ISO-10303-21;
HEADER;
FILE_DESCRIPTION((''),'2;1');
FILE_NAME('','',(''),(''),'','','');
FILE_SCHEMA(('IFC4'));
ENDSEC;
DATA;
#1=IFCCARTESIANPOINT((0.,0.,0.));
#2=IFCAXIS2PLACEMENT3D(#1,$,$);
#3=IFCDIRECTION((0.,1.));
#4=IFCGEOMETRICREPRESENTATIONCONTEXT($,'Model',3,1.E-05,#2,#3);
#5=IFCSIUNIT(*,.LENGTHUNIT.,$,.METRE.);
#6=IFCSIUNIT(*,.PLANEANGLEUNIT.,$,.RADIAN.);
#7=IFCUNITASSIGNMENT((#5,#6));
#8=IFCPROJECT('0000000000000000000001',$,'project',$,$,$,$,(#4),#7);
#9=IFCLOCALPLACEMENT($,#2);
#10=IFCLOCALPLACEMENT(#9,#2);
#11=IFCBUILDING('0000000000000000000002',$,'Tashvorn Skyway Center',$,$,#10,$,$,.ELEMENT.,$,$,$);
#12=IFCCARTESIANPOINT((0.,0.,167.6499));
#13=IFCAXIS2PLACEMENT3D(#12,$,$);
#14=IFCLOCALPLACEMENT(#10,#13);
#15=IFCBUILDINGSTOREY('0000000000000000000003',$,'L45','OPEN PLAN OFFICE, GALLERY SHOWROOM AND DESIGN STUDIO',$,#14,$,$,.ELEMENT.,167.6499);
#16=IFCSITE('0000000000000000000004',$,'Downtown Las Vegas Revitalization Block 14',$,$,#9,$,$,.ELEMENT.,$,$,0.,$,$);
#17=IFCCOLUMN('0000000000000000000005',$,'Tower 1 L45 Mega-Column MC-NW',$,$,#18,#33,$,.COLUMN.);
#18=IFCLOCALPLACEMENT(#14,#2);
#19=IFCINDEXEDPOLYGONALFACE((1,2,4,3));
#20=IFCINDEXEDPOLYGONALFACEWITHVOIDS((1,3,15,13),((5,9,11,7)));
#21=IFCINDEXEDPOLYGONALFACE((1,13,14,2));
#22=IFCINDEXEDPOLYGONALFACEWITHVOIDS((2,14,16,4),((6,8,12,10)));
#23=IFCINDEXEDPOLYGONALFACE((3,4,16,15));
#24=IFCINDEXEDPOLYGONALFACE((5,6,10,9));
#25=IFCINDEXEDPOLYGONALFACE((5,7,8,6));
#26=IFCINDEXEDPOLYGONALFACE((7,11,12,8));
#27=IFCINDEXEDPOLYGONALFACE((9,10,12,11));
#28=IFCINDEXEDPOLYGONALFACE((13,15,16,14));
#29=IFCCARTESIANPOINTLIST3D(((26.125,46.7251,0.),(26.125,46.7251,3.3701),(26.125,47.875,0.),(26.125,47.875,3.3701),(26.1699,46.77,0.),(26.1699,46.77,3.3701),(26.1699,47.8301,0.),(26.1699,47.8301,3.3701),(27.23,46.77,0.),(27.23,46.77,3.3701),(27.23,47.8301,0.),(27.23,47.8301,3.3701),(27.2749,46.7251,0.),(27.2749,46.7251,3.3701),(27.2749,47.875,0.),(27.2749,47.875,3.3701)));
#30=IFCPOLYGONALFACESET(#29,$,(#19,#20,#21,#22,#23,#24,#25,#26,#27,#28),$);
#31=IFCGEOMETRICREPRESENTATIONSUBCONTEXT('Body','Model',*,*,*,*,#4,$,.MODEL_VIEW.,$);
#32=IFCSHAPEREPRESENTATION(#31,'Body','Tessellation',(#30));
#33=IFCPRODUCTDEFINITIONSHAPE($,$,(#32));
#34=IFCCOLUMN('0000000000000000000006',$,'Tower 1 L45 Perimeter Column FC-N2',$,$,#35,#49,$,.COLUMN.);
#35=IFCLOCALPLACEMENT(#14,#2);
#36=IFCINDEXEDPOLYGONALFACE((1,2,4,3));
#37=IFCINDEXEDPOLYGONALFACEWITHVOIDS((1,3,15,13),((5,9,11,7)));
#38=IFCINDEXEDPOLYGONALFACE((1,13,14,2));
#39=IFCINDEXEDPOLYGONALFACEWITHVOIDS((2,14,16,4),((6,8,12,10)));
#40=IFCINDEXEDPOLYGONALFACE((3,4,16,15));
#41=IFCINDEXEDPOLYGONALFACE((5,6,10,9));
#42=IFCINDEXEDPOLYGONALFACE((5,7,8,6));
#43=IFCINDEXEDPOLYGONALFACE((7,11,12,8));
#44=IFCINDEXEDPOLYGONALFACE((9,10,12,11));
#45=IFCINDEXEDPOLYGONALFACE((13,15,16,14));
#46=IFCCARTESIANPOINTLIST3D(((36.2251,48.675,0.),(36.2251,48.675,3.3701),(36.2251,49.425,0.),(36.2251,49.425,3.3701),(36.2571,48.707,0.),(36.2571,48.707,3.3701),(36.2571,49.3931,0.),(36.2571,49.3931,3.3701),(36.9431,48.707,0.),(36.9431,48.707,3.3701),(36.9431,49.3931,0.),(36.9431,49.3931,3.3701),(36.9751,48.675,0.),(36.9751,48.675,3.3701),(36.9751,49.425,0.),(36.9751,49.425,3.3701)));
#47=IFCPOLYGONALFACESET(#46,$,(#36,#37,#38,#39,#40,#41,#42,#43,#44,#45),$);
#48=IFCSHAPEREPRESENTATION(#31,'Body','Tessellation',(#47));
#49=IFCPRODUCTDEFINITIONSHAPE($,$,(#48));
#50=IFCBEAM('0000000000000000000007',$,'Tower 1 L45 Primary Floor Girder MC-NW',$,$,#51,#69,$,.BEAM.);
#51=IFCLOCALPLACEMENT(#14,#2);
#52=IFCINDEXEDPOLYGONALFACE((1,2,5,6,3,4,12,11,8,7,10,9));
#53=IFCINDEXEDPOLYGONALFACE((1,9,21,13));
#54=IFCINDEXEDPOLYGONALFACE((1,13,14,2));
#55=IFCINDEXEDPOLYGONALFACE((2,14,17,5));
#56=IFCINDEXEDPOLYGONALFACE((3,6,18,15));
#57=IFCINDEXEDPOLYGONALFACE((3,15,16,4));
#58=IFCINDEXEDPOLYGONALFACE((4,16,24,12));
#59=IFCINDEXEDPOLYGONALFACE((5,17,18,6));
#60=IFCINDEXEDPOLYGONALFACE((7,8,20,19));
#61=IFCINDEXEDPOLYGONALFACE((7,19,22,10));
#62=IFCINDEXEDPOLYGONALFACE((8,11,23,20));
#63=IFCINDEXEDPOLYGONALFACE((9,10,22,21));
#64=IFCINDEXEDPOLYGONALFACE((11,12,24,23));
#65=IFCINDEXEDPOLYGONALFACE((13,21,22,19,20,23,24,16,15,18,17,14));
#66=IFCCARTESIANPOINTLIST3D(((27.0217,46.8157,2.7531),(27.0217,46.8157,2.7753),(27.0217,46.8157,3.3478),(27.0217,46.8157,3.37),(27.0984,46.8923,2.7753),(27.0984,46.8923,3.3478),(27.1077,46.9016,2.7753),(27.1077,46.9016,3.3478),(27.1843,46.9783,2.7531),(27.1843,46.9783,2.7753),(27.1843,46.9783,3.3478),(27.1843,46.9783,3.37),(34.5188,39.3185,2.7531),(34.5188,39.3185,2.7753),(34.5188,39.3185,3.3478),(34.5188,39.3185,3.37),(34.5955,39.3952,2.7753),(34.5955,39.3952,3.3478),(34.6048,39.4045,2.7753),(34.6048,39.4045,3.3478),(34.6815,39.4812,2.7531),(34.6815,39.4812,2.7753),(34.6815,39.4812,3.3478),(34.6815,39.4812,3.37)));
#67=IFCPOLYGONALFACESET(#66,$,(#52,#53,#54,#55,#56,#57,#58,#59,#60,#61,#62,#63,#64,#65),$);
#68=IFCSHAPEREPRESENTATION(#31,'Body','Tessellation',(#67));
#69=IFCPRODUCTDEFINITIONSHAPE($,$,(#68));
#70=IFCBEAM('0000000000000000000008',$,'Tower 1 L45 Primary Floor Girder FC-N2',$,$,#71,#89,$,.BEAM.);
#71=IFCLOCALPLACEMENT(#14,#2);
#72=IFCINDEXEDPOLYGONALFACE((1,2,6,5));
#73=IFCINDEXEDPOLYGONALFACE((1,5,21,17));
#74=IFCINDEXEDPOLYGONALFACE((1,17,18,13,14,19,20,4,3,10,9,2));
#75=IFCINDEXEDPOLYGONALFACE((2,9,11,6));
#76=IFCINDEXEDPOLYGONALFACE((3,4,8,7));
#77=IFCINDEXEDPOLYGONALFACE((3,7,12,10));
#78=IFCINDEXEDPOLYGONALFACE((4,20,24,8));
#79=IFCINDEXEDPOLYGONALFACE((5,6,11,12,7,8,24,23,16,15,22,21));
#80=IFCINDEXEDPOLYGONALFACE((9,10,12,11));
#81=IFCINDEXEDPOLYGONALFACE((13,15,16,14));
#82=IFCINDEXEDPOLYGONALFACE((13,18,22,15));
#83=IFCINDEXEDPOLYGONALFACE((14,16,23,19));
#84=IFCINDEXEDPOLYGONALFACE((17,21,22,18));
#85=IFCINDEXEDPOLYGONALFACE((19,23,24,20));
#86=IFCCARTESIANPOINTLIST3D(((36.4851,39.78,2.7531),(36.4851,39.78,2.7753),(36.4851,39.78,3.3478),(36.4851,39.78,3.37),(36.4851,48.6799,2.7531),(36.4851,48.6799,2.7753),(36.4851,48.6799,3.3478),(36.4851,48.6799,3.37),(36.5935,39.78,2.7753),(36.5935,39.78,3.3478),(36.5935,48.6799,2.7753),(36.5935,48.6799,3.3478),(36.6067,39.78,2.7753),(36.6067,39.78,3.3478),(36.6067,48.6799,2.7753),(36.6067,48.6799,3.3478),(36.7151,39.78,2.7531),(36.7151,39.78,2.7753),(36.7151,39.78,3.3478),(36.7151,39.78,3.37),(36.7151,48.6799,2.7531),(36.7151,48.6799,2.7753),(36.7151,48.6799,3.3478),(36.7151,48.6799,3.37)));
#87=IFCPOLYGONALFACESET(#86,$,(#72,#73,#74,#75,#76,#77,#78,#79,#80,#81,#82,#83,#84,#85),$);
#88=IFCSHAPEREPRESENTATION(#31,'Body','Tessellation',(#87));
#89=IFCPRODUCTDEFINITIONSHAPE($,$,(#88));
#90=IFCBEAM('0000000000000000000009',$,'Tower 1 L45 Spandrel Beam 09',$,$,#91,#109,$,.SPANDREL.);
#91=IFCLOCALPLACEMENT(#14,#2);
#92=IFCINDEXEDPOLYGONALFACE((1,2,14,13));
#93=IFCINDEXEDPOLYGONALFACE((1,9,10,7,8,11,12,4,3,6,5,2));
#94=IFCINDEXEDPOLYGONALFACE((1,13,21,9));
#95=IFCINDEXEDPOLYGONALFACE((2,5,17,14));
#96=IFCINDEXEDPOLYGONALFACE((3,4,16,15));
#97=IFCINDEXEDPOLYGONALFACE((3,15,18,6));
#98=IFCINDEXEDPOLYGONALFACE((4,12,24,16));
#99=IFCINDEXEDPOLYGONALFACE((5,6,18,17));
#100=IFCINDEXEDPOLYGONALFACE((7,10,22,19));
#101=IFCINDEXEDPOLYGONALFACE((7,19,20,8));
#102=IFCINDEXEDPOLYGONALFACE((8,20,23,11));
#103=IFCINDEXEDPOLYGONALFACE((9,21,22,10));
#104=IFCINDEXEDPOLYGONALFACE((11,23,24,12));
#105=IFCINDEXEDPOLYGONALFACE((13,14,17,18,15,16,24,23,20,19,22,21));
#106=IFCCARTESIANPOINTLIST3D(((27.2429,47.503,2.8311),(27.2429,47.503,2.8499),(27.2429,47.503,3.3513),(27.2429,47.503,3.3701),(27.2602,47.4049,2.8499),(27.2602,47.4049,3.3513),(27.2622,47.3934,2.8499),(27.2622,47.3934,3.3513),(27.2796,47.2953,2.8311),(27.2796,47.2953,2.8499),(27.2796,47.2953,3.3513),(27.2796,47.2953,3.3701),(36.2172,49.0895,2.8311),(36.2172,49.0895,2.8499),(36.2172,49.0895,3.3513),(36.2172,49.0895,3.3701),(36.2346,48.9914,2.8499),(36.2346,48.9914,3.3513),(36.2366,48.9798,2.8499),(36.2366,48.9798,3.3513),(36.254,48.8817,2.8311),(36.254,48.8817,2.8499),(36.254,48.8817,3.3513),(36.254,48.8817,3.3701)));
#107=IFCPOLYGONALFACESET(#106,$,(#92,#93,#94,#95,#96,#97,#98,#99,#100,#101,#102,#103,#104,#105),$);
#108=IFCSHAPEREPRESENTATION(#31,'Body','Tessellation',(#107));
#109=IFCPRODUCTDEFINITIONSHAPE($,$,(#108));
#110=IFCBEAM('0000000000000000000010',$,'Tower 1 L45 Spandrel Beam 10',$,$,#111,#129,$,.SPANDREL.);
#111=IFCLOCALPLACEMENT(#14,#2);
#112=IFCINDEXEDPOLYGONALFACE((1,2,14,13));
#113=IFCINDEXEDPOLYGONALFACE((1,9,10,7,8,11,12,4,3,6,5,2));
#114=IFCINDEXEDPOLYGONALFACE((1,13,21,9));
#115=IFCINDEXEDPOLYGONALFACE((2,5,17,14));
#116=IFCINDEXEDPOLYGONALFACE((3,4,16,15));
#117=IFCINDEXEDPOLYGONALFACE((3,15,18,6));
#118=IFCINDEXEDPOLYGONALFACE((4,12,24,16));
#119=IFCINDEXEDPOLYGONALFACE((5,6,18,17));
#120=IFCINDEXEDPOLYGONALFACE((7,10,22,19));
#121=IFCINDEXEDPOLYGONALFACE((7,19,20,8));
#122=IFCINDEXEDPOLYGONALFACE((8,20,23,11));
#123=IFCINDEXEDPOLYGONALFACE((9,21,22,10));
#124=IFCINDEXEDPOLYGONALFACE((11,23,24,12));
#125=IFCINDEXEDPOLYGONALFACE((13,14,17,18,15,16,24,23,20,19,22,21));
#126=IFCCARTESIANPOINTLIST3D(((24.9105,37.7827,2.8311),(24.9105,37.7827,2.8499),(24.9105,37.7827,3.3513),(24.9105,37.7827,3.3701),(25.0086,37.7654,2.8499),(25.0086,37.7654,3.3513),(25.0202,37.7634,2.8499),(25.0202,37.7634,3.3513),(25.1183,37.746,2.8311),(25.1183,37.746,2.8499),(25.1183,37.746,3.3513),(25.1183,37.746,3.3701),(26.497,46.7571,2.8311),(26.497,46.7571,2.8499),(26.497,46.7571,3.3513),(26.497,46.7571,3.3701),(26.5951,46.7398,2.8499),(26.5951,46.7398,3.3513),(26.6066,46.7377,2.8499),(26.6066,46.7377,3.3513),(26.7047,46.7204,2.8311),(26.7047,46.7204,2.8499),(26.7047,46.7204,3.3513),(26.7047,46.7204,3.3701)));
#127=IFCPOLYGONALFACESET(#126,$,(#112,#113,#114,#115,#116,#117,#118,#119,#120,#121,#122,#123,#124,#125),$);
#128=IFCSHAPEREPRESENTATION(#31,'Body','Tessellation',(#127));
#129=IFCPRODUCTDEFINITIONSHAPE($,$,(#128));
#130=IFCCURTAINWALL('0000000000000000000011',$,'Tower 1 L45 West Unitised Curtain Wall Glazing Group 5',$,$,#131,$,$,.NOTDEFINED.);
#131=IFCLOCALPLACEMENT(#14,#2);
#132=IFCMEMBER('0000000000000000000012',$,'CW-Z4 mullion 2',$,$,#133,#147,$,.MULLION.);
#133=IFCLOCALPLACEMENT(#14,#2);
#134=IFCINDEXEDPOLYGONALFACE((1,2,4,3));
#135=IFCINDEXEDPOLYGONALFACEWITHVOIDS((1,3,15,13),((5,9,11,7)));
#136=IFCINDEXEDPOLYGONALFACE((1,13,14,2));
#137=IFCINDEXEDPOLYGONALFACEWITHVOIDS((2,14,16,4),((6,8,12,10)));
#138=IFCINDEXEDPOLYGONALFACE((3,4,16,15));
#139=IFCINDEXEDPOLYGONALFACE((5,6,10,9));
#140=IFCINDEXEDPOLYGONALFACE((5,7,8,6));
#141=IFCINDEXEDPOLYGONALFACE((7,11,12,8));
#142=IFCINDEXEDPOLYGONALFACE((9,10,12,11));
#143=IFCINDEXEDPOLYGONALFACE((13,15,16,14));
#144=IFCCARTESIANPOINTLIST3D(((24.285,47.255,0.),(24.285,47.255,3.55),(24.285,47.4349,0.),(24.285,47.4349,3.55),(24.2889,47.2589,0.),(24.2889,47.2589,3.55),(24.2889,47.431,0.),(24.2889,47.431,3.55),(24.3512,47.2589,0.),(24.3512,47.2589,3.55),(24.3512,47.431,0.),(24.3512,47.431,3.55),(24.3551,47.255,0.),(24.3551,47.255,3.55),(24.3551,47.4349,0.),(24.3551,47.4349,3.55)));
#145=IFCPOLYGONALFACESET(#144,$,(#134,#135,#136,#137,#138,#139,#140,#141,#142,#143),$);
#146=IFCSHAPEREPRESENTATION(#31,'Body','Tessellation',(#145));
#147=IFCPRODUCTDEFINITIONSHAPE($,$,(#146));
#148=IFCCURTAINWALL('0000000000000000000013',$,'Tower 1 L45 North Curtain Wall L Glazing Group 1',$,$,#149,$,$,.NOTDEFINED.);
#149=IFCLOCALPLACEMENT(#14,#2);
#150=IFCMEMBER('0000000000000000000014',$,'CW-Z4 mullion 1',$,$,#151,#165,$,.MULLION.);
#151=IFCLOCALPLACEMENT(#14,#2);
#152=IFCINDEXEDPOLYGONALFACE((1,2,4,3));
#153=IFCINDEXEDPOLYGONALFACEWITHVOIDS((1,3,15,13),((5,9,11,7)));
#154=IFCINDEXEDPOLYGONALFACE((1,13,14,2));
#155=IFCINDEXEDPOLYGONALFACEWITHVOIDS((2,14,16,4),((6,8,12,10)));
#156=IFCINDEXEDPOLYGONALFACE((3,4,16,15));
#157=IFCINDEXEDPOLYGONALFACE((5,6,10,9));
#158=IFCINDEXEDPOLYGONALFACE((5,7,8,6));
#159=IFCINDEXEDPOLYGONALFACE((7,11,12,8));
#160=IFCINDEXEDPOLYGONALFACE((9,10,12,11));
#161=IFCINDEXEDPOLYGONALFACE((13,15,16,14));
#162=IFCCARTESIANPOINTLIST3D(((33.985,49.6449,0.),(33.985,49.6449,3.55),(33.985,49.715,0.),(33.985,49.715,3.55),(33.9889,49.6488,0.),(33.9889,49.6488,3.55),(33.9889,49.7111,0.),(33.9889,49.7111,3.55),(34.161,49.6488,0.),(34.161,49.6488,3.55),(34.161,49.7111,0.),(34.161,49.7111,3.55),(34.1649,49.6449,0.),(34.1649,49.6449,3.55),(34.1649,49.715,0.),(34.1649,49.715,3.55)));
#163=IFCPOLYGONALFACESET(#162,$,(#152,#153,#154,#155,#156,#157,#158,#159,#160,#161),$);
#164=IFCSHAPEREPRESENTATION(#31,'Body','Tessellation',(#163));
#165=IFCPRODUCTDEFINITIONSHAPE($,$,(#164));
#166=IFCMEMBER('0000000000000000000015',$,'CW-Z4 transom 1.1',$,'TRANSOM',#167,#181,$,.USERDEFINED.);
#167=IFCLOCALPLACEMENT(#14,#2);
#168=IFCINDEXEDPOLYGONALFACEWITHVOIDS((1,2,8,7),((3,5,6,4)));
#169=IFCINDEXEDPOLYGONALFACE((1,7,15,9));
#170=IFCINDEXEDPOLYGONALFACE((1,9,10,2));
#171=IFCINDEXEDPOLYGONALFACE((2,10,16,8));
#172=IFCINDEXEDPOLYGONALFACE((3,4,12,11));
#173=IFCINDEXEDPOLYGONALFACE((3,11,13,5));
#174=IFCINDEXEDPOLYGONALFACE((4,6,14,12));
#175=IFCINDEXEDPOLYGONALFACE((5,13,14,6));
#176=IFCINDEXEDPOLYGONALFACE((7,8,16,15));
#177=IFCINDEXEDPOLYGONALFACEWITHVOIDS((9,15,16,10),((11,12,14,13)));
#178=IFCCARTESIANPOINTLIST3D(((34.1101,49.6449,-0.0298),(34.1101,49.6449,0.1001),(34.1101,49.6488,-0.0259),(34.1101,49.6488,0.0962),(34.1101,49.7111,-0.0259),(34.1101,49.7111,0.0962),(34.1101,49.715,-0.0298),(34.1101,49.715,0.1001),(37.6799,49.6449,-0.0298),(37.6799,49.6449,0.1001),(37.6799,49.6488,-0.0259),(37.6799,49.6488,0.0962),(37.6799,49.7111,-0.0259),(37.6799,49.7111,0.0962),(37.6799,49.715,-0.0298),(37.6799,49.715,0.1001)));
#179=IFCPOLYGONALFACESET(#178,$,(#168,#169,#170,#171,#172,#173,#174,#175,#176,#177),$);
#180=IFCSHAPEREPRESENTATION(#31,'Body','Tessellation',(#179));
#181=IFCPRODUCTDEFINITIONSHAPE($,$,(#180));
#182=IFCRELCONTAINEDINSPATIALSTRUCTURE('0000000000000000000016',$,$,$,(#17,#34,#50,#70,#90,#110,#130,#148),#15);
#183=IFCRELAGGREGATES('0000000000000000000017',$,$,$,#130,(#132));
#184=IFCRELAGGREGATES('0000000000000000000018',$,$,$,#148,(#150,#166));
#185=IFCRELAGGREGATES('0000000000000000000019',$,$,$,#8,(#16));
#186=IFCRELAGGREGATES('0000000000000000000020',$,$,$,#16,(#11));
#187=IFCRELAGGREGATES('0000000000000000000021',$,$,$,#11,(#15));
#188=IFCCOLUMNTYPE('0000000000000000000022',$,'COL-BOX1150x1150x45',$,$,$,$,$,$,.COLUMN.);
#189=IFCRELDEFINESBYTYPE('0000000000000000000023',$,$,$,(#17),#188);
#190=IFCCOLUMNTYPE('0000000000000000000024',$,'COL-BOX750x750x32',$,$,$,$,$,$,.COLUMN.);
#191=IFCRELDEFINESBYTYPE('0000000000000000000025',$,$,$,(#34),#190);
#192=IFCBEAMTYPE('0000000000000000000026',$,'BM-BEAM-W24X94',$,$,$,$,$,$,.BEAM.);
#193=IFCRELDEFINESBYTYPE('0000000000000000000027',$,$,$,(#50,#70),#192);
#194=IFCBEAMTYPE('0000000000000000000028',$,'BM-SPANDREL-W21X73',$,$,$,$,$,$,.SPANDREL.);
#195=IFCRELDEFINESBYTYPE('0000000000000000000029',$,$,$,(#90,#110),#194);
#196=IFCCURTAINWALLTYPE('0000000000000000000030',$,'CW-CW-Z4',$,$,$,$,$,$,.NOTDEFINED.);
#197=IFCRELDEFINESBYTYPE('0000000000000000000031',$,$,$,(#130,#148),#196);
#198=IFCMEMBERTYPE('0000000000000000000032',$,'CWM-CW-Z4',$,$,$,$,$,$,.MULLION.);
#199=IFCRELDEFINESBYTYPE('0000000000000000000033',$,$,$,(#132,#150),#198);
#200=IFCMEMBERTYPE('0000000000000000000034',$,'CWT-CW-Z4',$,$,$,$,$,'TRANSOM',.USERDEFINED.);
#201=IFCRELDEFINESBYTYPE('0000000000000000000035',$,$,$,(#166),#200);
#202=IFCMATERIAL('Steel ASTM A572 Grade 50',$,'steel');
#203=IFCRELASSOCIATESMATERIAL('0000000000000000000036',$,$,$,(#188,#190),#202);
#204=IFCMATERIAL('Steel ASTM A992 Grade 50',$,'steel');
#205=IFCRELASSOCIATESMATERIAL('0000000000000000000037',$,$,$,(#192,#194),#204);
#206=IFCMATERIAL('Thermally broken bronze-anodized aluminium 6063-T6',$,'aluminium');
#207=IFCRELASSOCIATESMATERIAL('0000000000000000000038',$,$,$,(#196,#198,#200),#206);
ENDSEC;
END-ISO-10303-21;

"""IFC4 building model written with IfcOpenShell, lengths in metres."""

from ifc_helpers import new_model, si_unit, direction, frame, origin, origin_2d, place, context, subcontext, project, spatial, hollow_rectangle, i_section, extrude, material, material_profile, profile_set, type_object, element, aggregate, save


model = new_model("IFC4")

# Units and contexts
model_context = context("Model", 3, precision=1e-05, world=origin(), true_north=direction((0.0, 1.0)))
body_context = subcontext(model_context, "Body", "Model", "MODEL_VIEW")
ifc_project = project(units=[si_unit("LENGTHUNIT", "METRE"), si_unit("PLANEANGLEUNIT", "RADIAN")], contexts=[model_context])

# Site, building, storey
site_placement = place(None, origin())
site = spatial("IfcSite", under=ifc_project, at=site_placement, Name="Downtown Las Vegas Revitalization Block 14", CompositionType="ELEMENT", RefElevation=0.0)
building_placement = place(site_placement, origin())
building = spatial("IfcBuilding", under=site, at=building_placement, Name="Tashvorn Skyway Center", CompositionType="ELEMENT")
storey_placement = place(building_placement, frame((0.0, 0.0, 167.6499)))
storey = spatial("IfcBuildingStorey", under=building, at=storey_placement, Name="L45", Description="OPEN PLAN OFFICE, GALLERY SHOWROOM AND DESIGN STUDIO", CompositionType="ELEMENT", Elevation=167.6499)

# Columns
ifc_material_1 = material(Name="Steel ASTM A572 Grade 50", Category="steel")
ifc_material_profile_1 = material_profile(ifc_material_1, hollow_rectangle(XDim=1.1499, YDim=1.1499, WallThickness=0.0449, at=origin_2d()), Name="BOX1150x1150x45")
ifc_profile_set_1 = profile_set([ifc_material_profile_1], Name="Steel ASTM A572 Grade 50")
column_type_1 = type_object("IfcColumnType", Name="COL-BOX1150x1150x45", PredefinedType="COLUMN", material=ifc_profile_set_1)
column_1_placement = place(storey_placement, frame((26.7, 47.3, 0.0), z_axis=(0.0, 0.0, 1.0), x_axis=(1.0, 0.0, 0.0)))
element("IfcColumn", 1, at=column_1_placement, inside=storey, type_object=column_type_1, Name="Tower 1 L45 Mega-Column MC-NW", PredefinedType="COLUMN", context=body_context, shape_type="SweptSolid", body=[
    extrude(hollow_rectangle(XDim=1.1499, YDim=1.1499, WallThickness=0.0449, at=origin_2d()), origin(), (0.0, 0.0, 1.0), 3.3701),
])
ifc_material_profile_2 = material_profile(ifc_material_1, hollow_rectangle(XDim=0.75, YDim=0.75, WallThickness=0.032, at=origin_2d()), Name="BOX750x750x32")
ifc_profile_set_2 = profile_set([ifc_material_profile_2], Name="Steel ASTM A572 Grade 50")
column_type_2 = type_object("IfcColumnType", Name="COL-BOX750x750x32", PredefinedType="COLUMN", material=ifc_profile_set_2)
column_2_placement = place(storey_placement, frame((36.6001, 49.05, 0.0), z_axis=(0.0, 0.0, 1.0), x_axis=(1.0, 0.0, 0.0)))
element("IfcColumn", 2, at=column_2_placement, inside=storey, type_object=column_type_2, Name="Tower 1 L45 Perimeter Column FC-N2", PredefinedType="COLUMN", context=body_context, shape_type="SweptSolid", body=[
    extrude(hollow_rectangle(XDim=0.75, YDim=0.75, WallThickness=0.032, at=origin_2d()), origin(), (0.0, 0.0, 1.0), 3.3701),
])

# Beams
ifc_material_2 = material(Name="Steel ASTM A992 Grade 50", Category="steel")
ifc_material_profile_3 = material_profile(ifc_material_2, i_section(OverallWidth=0.23, OverallDepth=0.6169, WebThickness=0.0132, FlangeThickness=0.0222, at=origin_2d()), Name="W24X94")
ifc_profile_set_3 = profile_set([ifc_material_profile_3], Name="Steel ASTM A992 Grade 50")
beam_type_1 = type_object("IfcBeamType", Name="BM-BEAM-W24X94", PredefinedType="BEAM", material=ifc_profile_set_3)
beam_1_placement = place(storey_placement, frame((27.103, 46.897, 3.0615), z_axis=(0.707107, -0.707107, 0.0), x_axis=(0.707107, 0.707107, 0.0)))
element("IfcBeam", 3, at=beam_1_placement, inside=storey, type_object=beam_type_1, Name="Tower 1 L45 Primary Floor Girder MC-NW", PredefinedType="BEAM", context=body_context, shape_type="SweptSolid", body=[
    extrude(i_section(OverallWidth=0.23, OverallDepth=0.6169, WebThickness=0.0132, FlangeThickness=0.0222, at=origin_2d()), origin(), (0.0, 0.0, 1.0), 10.6025),
])
beam_2_placement = place(storey_placement, frame((36.6001, 48.6799, 3.0615), z_axis=(0.0, -1.0, 0.0), x_axis=(1.0, 0.0, 0.0)))
element("IfcBeam", 4, at=beam_2_placement, inside=storey, type_object=beam_type_1, Name="Tower 1 L45 Primary Floor Girder FC-N2", PredefinedType="BEAM", context=body_context, shape_type="SweptSolid", body=[
    extrude(i_section(OverallWidth=0.23, OverallDepth=0.6169, WebThickness=0.0132, FlangeThickness=0.0222, at=origin_2d()), origin(), (0.0, 0.0, 1.0), 8.8999),
])
ifc_material_profile_4 = material_profile(ifc_material_2, i_section(OverallWidth=0.2109, OverallDepth=0.5391, WebThickness=0.0117, FlangeThickness=0.0188, at=origin_2d()), Name="W21X73")
ifc_profile_set_4 = profile_set([ifc_material_profile_4], Name="Steel ASTM A992 Grade 50")
beam_type_2 = type_object("IfcBeamType", Name="BM-SPANDREL-W21X73", PredefinedType="SPANDREL", material=ifc_profile_set_4)
for number, where, z_axis, x_axis, name in (
    (5, (36.2356, 48.9856, 3.1006), (-0.984733, -0.174074, 0.0), (0.174074, -0.984733, 0.0), "Tower 1 L45 Spandrel Beam 09"),
    (6, (26.6008, 46.7388, 3.1006), (-0.174074, -0.984733, 0.0), (0.984733, -0.174074, 0.0), "Tower 1 L45 Spandrel Beam 10"),
):
    element("IfcBeam", number, at=place(storey_placement, frame(where, z_axis=z_axis, x_axis=x_axis)), inside=storey, type_object=beam_type_2, Name=name, PredefinedType="SPANDREL", context=body_context, shape_type="SweptSolid", body=[
        extrude(i_section(OverallWidth=0.2109, OverallDepth=0.5391, WebThickness=0.0117, FlangeThickness=0.0188, at=origin_2d()), origin(), (0.0, 0.0, 1.0), 9.1135),
    ])

# Curtain wall, member
ifc_material_3 = material(Name="Thermally broken bronze-anodized aluminium 6063-T6", Category="aluminium")
curtain_wall_type = type_object("IfcCurtainWallType", Name="CW-CW-Z4", PredefinedType="NOTDEFINED", material=ifc_material_3)
curtain_wall_1_placement = place(storey_placement, origin())
curtain_wall_1 = element("IfcCurtainWall", 7, at=curtain_wall_1_placement, inside=storey, type_object=curtain_wall_type, Name="Tower 1 L45 West Unitised Curtain Wall Glazing Group 5", PredefinedType="NOTDEFINED")
ifc_material_profile_5 = material_profile(ifc_material_3, hollow_rectangle(XDim=0.0701, YDim=0.1799, WallThickness=0.0039, at=origin_2d()), Name="ALU-MULL-70x180")
ifc_profile_set_5 = profile_set([ifc_material_profile_5], Name="Thermally broken bronze-anodized aluminium 6063-T6")
member_type_1 = type_object("IfcMemberType", Name="CWM-CW-Z4", PredefinedType="MULLION", material=ifc_profile_set_5)
member_1_placement = place(storey_placement, frame((24.3201, 47.345, 0.0), z_axis=(0.0, 0.0, 1.0), x_axis=(-1.0, 0.0, 0.0)))
member_1 = element("IfcMember", 8, at=member_1_placement, type_object=member_type_1, Name="CW-Z4 mullion 2", PredefinedType="MULLION", context=body_context, shape_type="SweptSolid", body=[
    extrude(hollow_rectangle(XDim=0.0701, YDim=0.1799, WallThickness=0.0039, at=origin_2d()), origin(), (0.0, 0.0, 1.0), 3.55),
])

# Curtain wall, members
curtain_wall_2_placement = place(storey_placement, origin())
curtain_wall_2 = element("IfcCurtainWall", 9, at=curtain_wall_2_placement, inside=storey, type_object=curtain_wall_type, Name="Tower 1 L45 North Curtain Wall L Glazing Group 1", PredefinedType="NOTDEFINED")
member_2_placement = place(storey_placement, frame((34.075, 49.6799, 0.0), z_axis=(0.0, 0.0, 1.0), x_axis=(0.0, 1.0, 0.0)))
member_2 = element("IfcMember", 10, at=member_2_placement, type_object=member_type_1, Name="CW-Z4 mullion 1", PredefinedType="MULLION", context=body_context, shape_type="SweptSolid", body=[
    extrude(hollow_rectangle(XDim=0.0701, YDim=0.1799, WallThickness=0.0039, at=origin_2d()), origin(), (0.0, 0.0, 1.0), 3.55),
])
ifc_material_profile_6 = material_profile(ifc_material_3, hollow_rectangle(XDim=0.0701, YDim=0.1299, WallThickness=0.0039, at=origin_2d()), Name="ALU-TRAN-70x130")
ifc_profile_set_6 = profile_set([ifc_material_profile_6], Name="Thermally broken bronze-anodized aluminium 6063-T6")
member_type_2 = type_object("IfcMemberType", Name="CWT-CW-Z4", ElementType="TRANSOM", PredefinedType="USERDEFINED", material=ifc_profile_set_6)
member_3_placement = place(storey_placement, frame((34.1101, 49.6799, 0.0352), z_axis=(1.0, 0.0, 0.0), x_axis=(0.0, 1.0, 0.0)))
member_3 = element("IfcMember", 11, at=member_3_placement, type_object=member_type_2, Name="CW-Z4 transom 1.1", ObjectType="TRANSOM", PredefinedType="USERDEFINED", context=body_context, shape_type="SweptSolid", body=[
    extrude(hollow_rectangle(XDim=0.0701, YDim=0.1299, WallThickness=0.0039, at=origin_2d()), origin(), (0.0, 0.0, 1.0), 3.5698),
])

aggregate(curtain_wall_1, [member_1])
aggregate(curtain_wall_2, [member_2, member_3])

save(model, "model.ifc")
